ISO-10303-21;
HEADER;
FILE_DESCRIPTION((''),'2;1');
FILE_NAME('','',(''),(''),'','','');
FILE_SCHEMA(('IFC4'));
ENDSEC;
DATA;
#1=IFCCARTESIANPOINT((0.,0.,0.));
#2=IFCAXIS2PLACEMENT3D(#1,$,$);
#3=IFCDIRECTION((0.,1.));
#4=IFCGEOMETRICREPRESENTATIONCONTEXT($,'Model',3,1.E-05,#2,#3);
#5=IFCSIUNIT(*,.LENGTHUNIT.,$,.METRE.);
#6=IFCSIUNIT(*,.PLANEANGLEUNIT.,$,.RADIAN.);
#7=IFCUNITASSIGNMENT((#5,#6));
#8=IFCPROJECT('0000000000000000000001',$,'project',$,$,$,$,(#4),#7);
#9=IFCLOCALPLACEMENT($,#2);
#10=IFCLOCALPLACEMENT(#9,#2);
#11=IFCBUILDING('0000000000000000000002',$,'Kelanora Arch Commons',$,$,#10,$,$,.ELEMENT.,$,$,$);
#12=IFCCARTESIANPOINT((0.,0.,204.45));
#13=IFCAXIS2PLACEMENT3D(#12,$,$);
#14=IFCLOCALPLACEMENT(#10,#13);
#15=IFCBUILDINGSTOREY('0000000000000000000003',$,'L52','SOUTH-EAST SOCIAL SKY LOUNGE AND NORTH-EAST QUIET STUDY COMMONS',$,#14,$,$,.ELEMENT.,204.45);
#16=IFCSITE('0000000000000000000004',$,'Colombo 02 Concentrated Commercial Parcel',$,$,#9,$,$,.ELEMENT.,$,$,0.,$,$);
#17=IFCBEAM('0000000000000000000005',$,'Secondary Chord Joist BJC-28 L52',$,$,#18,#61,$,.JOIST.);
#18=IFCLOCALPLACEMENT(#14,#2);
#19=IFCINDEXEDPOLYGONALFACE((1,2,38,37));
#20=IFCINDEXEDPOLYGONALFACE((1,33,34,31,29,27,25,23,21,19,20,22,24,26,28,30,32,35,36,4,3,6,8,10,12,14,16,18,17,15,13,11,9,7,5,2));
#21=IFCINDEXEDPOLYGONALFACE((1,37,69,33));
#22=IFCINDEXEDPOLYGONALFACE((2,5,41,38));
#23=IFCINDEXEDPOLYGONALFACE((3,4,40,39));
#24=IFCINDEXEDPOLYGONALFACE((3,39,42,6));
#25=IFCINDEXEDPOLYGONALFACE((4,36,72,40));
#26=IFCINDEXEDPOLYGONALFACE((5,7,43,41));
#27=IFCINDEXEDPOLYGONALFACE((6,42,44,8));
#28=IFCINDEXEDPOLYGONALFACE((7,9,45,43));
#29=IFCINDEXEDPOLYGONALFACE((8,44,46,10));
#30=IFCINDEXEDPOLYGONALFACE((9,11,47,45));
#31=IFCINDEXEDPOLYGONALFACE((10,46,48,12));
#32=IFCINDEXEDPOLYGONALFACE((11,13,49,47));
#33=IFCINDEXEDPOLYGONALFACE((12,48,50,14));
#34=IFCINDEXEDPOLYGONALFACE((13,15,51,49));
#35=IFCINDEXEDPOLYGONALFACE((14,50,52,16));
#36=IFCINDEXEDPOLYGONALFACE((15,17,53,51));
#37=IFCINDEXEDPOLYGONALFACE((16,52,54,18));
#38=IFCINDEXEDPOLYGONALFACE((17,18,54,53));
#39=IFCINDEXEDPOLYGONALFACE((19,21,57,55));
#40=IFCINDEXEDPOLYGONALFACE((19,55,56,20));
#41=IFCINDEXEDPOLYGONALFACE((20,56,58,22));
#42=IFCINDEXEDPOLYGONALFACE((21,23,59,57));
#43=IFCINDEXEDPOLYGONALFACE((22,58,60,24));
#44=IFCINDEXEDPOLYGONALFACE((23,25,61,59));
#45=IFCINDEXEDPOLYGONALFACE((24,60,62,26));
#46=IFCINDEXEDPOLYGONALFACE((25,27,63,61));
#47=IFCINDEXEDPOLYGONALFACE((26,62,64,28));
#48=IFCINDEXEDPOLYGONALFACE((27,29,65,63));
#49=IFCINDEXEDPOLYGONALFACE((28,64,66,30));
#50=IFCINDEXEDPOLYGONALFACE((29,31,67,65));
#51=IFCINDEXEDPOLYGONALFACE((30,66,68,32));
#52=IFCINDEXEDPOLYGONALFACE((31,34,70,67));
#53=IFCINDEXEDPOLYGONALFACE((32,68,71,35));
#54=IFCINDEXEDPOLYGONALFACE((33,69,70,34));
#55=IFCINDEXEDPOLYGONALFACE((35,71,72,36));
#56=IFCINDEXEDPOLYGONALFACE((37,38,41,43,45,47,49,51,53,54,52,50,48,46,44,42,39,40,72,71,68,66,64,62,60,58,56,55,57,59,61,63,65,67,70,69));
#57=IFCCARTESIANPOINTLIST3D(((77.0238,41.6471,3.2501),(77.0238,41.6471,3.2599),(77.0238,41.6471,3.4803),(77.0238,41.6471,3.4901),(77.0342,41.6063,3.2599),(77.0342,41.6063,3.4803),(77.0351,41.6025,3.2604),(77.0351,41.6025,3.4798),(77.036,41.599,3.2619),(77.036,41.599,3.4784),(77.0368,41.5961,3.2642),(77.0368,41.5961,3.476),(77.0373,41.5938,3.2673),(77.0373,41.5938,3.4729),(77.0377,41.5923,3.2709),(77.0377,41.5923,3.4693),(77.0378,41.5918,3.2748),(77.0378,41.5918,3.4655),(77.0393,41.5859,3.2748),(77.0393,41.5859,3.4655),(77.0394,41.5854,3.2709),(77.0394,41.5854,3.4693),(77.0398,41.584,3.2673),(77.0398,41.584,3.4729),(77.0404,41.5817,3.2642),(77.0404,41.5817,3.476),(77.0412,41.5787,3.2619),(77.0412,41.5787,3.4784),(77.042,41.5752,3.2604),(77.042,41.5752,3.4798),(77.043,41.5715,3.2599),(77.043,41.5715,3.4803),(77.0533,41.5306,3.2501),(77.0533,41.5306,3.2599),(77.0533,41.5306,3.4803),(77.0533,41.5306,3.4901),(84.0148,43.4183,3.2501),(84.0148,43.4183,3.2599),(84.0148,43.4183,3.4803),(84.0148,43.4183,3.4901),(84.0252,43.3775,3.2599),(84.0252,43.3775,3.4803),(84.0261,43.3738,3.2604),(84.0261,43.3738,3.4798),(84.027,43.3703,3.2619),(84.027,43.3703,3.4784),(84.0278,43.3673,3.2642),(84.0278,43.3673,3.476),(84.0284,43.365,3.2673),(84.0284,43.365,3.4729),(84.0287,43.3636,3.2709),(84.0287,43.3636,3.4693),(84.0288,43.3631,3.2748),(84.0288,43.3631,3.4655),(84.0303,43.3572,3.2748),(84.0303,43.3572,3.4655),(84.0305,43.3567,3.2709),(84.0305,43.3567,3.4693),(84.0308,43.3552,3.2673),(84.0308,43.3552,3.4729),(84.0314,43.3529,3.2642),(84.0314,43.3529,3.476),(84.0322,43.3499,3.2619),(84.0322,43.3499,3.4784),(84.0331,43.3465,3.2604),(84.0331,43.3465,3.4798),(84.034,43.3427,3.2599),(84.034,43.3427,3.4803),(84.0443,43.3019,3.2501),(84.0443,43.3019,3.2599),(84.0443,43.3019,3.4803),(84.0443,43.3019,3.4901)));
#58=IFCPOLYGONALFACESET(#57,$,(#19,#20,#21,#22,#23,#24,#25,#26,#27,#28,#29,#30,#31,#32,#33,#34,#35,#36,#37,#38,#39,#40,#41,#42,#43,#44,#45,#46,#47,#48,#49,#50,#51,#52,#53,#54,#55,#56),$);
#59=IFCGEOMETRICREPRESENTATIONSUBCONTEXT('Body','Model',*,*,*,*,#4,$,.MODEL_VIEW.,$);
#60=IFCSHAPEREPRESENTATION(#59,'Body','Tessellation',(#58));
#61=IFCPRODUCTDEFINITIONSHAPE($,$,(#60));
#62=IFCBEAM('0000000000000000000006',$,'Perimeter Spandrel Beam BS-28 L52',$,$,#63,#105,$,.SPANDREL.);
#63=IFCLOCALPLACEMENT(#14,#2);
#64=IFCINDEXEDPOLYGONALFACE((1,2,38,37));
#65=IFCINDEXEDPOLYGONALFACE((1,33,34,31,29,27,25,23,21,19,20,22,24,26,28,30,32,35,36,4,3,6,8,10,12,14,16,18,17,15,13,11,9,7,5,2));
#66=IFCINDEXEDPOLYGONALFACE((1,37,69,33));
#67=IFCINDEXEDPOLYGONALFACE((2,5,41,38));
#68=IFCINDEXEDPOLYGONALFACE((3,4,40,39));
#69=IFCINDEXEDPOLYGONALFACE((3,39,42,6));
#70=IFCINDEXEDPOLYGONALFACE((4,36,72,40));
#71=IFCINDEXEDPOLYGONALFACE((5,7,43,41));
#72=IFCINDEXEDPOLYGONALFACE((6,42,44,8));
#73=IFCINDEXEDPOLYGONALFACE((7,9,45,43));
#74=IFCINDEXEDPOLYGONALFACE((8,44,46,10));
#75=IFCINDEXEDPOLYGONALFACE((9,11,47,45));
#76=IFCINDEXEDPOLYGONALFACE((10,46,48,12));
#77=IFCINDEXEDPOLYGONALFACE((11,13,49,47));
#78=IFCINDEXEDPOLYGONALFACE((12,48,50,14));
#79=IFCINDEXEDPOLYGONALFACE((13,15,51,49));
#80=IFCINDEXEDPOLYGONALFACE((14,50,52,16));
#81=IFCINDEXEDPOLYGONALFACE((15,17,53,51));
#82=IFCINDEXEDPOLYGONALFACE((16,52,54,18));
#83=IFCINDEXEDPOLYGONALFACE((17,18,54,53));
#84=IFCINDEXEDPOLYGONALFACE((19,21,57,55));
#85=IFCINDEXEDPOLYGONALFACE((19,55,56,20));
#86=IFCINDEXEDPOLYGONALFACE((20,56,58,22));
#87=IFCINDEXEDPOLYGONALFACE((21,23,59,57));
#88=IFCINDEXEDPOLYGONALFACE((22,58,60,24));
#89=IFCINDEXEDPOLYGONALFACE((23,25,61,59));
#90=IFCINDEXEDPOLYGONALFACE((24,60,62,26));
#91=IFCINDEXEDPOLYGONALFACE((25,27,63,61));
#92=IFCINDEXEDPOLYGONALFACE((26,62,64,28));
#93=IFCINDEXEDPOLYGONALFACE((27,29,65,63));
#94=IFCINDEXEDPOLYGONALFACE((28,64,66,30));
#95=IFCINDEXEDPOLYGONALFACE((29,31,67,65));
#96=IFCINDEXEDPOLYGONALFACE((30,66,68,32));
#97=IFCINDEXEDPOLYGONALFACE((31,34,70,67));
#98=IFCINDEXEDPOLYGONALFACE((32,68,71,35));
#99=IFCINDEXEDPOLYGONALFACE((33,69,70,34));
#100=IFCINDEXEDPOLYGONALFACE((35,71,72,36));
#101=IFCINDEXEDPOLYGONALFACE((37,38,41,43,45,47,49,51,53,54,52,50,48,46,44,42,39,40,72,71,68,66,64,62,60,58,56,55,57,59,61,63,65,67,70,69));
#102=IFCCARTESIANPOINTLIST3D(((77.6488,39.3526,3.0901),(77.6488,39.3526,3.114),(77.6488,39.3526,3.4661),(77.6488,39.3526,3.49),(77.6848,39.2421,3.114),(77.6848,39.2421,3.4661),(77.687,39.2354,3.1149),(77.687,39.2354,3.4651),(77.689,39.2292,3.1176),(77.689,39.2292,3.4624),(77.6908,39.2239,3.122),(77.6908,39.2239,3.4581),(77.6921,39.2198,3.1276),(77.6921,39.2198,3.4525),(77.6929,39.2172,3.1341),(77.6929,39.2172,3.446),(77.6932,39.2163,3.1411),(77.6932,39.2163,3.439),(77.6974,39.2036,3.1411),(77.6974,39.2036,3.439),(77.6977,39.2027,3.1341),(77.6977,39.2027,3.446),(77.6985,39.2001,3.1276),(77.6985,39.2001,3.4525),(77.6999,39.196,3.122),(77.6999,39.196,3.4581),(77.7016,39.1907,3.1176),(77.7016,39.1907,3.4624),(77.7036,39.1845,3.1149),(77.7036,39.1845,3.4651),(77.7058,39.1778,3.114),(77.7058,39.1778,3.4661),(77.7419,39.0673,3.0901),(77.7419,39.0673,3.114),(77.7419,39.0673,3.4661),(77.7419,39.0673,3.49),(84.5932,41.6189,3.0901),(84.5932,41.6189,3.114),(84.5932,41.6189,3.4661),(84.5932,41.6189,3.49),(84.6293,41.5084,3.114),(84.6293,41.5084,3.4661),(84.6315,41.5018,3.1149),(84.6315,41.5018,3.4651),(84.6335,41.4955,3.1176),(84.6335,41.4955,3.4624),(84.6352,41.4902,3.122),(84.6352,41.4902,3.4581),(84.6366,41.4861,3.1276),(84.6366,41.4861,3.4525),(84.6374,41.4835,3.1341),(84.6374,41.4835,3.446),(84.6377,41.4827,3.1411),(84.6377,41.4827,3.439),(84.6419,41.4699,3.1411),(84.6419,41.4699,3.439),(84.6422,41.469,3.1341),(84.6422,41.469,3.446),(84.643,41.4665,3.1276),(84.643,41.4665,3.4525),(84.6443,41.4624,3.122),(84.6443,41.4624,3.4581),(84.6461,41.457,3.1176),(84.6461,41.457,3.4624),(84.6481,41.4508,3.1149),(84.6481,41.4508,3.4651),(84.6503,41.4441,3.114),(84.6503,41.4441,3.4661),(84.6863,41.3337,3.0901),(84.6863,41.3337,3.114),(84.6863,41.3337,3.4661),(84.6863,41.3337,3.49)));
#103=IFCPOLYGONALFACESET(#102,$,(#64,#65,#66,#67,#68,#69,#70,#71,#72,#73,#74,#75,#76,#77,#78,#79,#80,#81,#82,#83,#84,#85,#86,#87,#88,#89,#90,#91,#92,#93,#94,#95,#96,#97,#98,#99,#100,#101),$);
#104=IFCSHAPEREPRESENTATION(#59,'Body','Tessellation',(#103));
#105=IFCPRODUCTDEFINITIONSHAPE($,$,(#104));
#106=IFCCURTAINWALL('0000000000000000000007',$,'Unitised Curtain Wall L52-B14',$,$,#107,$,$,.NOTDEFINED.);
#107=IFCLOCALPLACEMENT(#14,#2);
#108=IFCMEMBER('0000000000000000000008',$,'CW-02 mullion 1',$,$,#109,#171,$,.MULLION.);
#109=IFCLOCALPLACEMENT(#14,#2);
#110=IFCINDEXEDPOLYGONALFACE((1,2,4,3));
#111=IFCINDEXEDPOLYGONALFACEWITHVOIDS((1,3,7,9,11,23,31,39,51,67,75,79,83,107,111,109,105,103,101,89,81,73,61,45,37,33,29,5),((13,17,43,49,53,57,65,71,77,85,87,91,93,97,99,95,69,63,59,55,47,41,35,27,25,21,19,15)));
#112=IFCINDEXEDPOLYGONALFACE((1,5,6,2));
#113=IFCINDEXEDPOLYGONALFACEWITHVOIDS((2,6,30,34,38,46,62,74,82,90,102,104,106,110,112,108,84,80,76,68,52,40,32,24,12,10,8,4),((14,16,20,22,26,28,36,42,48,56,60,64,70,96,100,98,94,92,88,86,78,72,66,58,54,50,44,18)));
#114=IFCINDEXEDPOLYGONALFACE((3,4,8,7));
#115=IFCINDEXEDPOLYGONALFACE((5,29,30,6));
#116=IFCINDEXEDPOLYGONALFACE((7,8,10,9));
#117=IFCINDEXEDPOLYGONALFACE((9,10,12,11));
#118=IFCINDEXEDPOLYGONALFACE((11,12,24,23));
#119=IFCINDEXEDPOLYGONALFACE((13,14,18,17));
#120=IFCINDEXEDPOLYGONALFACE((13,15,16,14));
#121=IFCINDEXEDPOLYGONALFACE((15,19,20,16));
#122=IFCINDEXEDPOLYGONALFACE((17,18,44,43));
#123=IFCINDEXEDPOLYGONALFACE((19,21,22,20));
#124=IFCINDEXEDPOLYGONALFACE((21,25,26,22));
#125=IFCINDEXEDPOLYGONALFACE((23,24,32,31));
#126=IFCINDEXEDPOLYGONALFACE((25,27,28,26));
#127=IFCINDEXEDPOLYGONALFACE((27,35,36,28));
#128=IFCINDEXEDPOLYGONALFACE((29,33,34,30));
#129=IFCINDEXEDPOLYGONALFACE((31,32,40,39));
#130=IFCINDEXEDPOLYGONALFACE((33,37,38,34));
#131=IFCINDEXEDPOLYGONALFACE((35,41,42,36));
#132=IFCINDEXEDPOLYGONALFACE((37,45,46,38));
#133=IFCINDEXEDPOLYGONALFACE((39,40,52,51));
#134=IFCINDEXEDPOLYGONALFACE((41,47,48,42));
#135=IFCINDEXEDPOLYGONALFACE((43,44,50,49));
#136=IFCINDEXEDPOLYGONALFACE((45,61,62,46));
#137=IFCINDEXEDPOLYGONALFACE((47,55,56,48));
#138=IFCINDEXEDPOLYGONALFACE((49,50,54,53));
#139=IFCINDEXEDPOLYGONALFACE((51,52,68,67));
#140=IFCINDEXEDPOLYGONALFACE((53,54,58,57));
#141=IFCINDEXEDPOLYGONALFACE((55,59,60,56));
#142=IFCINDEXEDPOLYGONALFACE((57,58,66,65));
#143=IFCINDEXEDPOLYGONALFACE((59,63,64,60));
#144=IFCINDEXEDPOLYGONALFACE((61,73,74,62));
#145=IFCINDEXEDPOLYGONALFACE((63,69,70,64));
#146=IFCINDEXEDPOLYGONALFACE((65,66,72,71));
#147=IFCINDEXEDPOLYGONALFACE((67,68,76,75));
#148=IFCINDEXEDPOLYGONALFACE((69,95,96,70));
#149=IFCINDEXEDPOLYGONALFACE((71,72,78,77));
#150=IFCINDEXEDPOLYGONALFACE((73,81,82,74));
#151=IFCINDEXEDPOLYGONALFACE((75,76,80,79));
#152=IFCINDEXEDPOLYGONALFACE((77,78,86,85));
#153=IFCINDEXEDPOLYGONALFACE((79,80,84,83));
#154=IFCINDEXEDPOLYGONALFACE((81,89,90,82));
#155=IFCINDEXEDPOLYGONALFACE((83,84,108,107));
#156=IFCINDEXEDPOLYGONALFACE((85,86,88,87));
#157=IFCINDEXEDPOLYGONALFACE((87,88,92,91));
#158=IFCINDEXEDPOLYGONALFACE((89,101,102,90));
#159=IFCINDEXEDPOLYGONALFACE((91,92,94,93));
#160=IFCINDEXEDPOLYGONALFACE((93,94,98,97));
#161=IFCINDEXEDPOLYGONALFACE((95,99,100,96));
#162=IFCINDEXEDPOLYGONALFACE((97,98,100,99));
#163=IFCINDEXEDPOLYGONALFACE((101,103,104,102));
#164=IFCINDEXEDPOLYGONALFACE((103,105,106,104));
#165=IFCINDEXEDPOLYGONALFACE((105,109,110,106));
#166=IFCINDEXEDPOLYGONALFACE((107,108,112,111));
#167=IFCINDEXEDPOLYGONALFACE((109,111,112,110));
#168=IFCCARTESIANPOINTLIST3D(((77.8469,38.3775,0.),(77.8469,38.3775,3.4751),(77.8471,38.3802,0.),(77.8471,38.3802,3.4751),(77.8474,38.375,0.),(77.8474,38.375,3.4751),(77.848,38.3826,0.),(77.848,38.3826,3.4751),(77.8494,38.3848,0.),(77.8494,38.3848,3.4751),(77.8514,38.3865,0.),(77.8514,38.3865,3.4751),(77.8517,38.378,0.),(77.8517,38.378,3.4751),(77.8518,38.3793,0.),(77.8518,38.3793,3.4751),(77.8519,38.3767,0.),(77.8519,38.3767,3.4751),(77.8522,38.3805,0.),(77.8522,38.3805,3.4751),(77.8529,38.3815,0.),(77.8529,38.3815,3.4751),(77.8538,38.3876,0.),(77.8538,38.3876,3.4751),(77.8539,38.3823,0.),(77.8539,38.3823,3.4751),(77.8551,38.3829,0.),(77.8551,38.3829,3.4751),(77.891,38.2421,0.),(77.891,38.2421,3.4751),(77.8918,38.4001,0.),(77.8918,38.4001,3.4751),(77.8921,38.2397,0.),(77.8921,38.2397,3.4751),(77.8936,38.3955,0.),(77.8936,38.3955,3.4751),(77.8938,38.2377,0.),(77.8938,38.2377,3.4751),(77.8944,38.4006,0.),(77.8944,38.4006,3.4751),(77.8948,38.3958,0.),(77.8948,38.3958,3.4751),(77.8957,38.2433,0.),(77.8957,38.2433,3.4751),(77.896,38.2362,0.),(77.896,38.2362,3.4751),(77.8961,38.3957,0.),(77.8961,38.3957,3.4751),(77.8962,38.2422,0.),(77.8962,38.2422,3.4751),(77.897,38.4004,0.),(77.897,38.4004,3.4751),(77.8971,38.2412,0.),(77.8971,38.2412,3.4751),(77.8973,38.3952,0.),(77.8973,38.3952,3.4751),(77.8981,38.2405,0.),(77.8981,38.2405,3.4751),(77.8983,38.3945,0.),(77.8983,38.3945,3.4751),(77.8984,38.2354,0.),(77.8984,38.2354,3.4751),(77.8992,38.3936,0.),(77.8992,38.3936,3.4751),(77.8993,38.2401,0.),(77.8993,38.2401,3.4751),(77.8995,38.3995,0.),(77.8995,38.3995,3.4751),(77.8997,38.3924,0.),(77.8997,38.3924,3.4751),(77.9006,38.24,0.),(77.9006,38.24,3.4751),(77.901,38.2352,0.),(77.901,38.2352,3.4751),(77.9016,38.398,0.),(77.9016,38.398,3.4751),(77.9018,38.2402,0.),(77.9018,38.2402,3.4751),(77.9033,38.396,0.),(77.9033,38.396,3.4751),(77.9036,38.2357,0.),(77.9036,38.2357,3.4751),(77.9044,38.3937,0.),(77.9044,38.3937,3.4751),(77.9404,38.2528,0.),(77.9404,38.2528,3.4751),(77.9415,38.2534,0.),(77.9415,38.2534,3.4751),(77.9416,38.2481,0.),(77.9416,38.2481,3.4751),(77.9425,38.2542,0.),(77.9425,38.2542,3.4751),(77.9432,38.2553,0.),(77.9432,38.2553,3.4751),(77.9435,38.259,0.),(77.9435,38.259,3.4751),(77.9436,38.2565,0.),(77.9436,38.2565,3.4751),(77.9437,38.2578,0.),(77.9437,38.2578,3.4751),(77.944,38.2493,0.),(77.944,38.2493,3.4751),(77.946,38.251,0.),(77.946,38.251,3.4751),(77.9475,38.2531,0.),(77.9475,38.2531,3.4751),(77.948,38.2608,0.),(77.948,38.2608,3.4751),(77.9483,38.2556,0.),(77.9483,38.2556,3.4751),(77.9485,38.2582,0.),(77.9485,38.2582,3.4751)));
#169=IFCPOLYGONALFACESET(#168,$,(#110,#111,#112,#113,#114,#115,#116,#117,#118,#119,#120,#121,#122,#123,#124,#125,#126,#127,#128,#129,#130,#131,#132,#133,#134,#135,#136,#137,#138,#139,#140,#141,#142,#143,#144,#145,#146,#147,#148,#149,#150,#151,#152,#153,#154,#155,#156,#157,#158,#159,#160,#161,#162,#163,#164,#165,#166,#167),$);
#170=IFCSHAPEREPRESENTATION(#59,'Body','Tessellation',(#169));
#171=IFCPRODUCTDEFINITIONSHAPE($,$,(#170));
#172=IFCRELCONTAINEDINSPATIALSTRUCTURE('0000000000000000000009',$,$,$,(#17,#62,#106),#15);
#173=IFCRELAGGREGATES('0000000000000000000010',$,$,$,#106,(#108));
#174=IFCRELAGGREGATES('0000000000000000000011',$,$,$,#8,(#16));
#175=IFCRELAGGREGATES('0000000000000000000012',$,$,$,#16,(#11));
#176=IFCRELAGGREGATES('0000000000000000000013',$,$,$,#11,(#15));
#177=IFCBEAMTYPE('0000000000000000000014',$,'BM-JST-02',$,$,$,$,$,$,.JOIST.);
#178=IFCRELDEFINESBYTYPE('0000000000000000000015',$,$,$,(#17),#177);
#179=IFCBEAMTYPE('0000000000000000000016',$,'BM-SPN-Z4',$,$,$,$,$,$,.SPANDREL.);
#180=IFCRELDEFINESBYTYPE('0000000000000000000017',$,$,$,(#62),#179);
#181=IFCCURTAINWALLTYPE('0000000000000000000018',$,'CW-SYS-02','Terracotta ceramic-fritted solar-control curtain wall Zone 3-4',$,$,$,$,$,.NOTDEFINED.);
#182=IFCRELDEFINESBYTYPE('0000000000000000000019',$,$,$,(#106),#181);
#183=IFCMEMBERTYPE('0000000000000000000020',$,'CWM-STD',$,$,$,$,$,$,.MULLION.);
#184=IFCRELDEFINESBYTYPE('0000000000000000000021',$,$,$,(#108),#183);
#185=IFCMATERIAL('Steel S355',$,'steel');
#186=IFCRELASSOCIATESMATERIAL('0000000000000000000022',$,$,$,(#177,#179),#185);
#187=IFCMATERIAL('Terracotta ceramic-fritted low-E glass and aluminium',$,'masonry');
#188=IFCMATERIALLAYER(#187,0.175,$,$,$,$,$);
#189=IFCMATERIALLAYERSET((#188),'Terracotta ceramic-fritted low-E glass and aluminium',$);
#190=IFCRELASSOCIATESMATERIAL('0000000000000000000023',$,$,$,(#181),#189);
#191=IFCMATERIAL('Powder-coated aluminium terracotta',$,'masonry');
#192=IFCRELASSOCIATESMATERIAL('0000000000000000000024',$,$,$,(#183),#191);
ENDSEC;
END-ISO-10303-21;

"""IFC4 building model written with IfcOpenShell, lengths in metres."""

from ifc_helpers import new_model, si_unit, direction, frame, origin, origin_2d, place, context, subcontext, project, spatial, hollow_rectangle, i_section, extrude, material, layer, layer_set, material_profile, profile_set, type_object, element, aggregate, save


model = new_model("IFC4")

# Units and contexts
model_context = context("Model", 3, precision=1e-05, world=origin(), true_north=direction((0.0, 1.0)))
body_context = subcontext(model_context, "Body", "Model", "MODEL_VIEW")
ifc_project = project(units=[si_unit("LENGTHUNIT", "METRE"), si_unit("PLANEANGLEUNIT", "RADIAN")], contexts=[model_context])

# Site, building, storey
site_placement = place(None, origin())
site = spatial("IfcSite", under=ifc_project, at=site_placement, Name="Colombo 02 Concentrated Commercial Parcel", CompositionType="ELEMENT", RefElevation=0.0)
building_placement = place(site_placement, origin())
building = spatial("IfcBuilding", under=site, at=building_placement, Name="Kelanora Arch Commons", CompositionType="ELEMENT")
storey_placement = place(building_placement, frame((0.0, 0.0, 204.45)))
storey = spatial("IfcBuildingStorey", under=building, at=storey_placement, Name="L52", Description="SOUTH-EAST SOCIAL SKY LOUNGE AND NORTH-EAST QUIET STUDY COMMONS", CompositionType="ELEMENT", Elevation=204.45)

# Beams
ifc_material_1 = material(Name="Steel S355", Category="steel")
ifc_material_profile_1 = material_profile(ifc_material_1, i_section(OverallWidth=0.1201, OverallDepth=0.24, WebThickness=0.0061, FlangeThickness=0.0098, FilletRadius=0.0149, at=origin_2d()), Name="IPE240")
ifc_profile_set_1 = profile_set([ifc_material_profile_1], Name="Steel S355")
beam_type_1 = type_object("IfcBeamType", Name="BM-JST-02", PredefinedType="JOIST", material=ifc_profile_set_1)
beam_1_placement = place(storey_placement, frame((77.0386, 41.5889, 3.3701), z_axis=(0.969371, 0.245601, 0.0), x_axis=(-0.245601, 0.969371, 0.0)))
element("IfcBeam", 1, at=beam_1_placement, inside=storey, type_object=beam_type_1, Name="Secondary Chord Joist BJC-28 L52", PredefinedType="JOIST", context=body_context, shape_type="SweptSolid", body=[
    extrude(i_section(OverallWidth=0.1201, OverallDepth=0.24, WebThickness=0.0061, FlangeThickness=0.0098, FilletRadius=0.0149, at=origin_2d()), origin(), (0.0, 0.0, 1.0), 7.2119),
])
ifc_material_profile_2 = material_profile(ifc_material_1, i_section(OverallWidth=0.3, OverallDepth=0.3999, WebThickness=0.0134, FlangeThickness=0.0239, FilletRadius=0.0271, at=origin_2d()), Name="HEB400")
ifc_profile_set_2 = profile_set([ifc_material_profile_2], Name="Steel S355")
beam_type_2 = type_object("IfcBeamType", Name="BM-SPN-Z4", PredefinedType="SPANDREL", material=ifc_profile_set_2)
beam_2_placement = place(storey_placement, frame((77.6953, 39.21, 3.29), z_axis=(0.950656, 0.310246, 0.0), x_axis=(-0.310246, 0.950656, 0.0)))
element("IfcBeam", 2, at=beam_2_placement, inside=storey, type_object=beam_type_2, Name="Perimeter Spandrel Beam BS-28 L52", PredefinedType="SPANDREL", context=body_context, shape_type="SweptSolid", body=[
    extrude(i_section(OverallWidth=0.3, OverallDepth=0.3999, WebThickness=0.0134, FlangeThickness=0.0239, FilletRadius=0.0271, at=origin_2d()), origin(), (0.0, 0.0, 1.0), 7.3049),
])

# Curtain wall, member
ifc_material_2 = material(Name="Terracotta ceramic-fritted low-E glass and aluminium", Category="masonry")
ifc_layer_1 = layer(ifc_material_2, 0.175)
ifc_layer_set_1 = layer_set([ifc_layer_1], Name="Terracotta ceramic-fritted low-E glass and aluminium")
curtain_wall_type = type_object("IfcCurtainWallType", Name="CW-SYS-02", Description="Terracotta ceramic-fritted solar-control curtain wall Zone 3-4", PredefinedType="NOTDEFINED", material=ifc_layer_set_1)
curtain_wall_placement = place(storey_placement, origin())
curtain_wall = element("IfcCurtainWall", 3, at=curtain_wall_placement, inside=storey, type_object=curtain_wall_type, Name="Unitised Curtain Wall L52-B14", PredefinedType="NOTDEFINED")
ifc_material_3 = material(Name="Powder-coated aluminium terracotta", Category="masonry")
ifc_material_profile_3 = material_profile(ifc_material_3, hollow_rectangle(XDim=0.1599, YDim=0.0601, WallThickness=0.0049, InnerFilletRadius=0.0049, OuterFilletRadius=0.01, at=origin_2d()), Name="CWM160x60")
ifc_profile_set_3 = profile_set([ifc_material_profile_3], Name="Powder-coated aluminium terracotta")
member_type_1 = type_object("IfcMemberType", Name="CWM-STD", PredefinedType="MULLION", material=ifc_profile_set_3)
member_1_placement = place(storey_placement, frame((77.8977, 38.3179, 0.0), z_axis=(0.0, 0.0, 1.0), x_axis=(-0.311582, 0.950219, 0.0)))
member_1 = element("IfcMember", 4, at=member_1_placement, type_object=member_type_1, Name="CW-02 mullion 1", PredefinedType="MULLION", context=body_context, shape_type="SweptSolid", body=[
    extrude(hollow_rectangle(XDim=0.1599, YDim=0.0601, WallThickness=0.0049, InnerFilletRadius=0.0049, OuterFilletRadius=0.01, at=origin_2d()), origin(), (0.0, 0.0, 1.0), 3.4751),
])
aggregate(curtain_wall, [member_1])

save(model, "model.ifc")
